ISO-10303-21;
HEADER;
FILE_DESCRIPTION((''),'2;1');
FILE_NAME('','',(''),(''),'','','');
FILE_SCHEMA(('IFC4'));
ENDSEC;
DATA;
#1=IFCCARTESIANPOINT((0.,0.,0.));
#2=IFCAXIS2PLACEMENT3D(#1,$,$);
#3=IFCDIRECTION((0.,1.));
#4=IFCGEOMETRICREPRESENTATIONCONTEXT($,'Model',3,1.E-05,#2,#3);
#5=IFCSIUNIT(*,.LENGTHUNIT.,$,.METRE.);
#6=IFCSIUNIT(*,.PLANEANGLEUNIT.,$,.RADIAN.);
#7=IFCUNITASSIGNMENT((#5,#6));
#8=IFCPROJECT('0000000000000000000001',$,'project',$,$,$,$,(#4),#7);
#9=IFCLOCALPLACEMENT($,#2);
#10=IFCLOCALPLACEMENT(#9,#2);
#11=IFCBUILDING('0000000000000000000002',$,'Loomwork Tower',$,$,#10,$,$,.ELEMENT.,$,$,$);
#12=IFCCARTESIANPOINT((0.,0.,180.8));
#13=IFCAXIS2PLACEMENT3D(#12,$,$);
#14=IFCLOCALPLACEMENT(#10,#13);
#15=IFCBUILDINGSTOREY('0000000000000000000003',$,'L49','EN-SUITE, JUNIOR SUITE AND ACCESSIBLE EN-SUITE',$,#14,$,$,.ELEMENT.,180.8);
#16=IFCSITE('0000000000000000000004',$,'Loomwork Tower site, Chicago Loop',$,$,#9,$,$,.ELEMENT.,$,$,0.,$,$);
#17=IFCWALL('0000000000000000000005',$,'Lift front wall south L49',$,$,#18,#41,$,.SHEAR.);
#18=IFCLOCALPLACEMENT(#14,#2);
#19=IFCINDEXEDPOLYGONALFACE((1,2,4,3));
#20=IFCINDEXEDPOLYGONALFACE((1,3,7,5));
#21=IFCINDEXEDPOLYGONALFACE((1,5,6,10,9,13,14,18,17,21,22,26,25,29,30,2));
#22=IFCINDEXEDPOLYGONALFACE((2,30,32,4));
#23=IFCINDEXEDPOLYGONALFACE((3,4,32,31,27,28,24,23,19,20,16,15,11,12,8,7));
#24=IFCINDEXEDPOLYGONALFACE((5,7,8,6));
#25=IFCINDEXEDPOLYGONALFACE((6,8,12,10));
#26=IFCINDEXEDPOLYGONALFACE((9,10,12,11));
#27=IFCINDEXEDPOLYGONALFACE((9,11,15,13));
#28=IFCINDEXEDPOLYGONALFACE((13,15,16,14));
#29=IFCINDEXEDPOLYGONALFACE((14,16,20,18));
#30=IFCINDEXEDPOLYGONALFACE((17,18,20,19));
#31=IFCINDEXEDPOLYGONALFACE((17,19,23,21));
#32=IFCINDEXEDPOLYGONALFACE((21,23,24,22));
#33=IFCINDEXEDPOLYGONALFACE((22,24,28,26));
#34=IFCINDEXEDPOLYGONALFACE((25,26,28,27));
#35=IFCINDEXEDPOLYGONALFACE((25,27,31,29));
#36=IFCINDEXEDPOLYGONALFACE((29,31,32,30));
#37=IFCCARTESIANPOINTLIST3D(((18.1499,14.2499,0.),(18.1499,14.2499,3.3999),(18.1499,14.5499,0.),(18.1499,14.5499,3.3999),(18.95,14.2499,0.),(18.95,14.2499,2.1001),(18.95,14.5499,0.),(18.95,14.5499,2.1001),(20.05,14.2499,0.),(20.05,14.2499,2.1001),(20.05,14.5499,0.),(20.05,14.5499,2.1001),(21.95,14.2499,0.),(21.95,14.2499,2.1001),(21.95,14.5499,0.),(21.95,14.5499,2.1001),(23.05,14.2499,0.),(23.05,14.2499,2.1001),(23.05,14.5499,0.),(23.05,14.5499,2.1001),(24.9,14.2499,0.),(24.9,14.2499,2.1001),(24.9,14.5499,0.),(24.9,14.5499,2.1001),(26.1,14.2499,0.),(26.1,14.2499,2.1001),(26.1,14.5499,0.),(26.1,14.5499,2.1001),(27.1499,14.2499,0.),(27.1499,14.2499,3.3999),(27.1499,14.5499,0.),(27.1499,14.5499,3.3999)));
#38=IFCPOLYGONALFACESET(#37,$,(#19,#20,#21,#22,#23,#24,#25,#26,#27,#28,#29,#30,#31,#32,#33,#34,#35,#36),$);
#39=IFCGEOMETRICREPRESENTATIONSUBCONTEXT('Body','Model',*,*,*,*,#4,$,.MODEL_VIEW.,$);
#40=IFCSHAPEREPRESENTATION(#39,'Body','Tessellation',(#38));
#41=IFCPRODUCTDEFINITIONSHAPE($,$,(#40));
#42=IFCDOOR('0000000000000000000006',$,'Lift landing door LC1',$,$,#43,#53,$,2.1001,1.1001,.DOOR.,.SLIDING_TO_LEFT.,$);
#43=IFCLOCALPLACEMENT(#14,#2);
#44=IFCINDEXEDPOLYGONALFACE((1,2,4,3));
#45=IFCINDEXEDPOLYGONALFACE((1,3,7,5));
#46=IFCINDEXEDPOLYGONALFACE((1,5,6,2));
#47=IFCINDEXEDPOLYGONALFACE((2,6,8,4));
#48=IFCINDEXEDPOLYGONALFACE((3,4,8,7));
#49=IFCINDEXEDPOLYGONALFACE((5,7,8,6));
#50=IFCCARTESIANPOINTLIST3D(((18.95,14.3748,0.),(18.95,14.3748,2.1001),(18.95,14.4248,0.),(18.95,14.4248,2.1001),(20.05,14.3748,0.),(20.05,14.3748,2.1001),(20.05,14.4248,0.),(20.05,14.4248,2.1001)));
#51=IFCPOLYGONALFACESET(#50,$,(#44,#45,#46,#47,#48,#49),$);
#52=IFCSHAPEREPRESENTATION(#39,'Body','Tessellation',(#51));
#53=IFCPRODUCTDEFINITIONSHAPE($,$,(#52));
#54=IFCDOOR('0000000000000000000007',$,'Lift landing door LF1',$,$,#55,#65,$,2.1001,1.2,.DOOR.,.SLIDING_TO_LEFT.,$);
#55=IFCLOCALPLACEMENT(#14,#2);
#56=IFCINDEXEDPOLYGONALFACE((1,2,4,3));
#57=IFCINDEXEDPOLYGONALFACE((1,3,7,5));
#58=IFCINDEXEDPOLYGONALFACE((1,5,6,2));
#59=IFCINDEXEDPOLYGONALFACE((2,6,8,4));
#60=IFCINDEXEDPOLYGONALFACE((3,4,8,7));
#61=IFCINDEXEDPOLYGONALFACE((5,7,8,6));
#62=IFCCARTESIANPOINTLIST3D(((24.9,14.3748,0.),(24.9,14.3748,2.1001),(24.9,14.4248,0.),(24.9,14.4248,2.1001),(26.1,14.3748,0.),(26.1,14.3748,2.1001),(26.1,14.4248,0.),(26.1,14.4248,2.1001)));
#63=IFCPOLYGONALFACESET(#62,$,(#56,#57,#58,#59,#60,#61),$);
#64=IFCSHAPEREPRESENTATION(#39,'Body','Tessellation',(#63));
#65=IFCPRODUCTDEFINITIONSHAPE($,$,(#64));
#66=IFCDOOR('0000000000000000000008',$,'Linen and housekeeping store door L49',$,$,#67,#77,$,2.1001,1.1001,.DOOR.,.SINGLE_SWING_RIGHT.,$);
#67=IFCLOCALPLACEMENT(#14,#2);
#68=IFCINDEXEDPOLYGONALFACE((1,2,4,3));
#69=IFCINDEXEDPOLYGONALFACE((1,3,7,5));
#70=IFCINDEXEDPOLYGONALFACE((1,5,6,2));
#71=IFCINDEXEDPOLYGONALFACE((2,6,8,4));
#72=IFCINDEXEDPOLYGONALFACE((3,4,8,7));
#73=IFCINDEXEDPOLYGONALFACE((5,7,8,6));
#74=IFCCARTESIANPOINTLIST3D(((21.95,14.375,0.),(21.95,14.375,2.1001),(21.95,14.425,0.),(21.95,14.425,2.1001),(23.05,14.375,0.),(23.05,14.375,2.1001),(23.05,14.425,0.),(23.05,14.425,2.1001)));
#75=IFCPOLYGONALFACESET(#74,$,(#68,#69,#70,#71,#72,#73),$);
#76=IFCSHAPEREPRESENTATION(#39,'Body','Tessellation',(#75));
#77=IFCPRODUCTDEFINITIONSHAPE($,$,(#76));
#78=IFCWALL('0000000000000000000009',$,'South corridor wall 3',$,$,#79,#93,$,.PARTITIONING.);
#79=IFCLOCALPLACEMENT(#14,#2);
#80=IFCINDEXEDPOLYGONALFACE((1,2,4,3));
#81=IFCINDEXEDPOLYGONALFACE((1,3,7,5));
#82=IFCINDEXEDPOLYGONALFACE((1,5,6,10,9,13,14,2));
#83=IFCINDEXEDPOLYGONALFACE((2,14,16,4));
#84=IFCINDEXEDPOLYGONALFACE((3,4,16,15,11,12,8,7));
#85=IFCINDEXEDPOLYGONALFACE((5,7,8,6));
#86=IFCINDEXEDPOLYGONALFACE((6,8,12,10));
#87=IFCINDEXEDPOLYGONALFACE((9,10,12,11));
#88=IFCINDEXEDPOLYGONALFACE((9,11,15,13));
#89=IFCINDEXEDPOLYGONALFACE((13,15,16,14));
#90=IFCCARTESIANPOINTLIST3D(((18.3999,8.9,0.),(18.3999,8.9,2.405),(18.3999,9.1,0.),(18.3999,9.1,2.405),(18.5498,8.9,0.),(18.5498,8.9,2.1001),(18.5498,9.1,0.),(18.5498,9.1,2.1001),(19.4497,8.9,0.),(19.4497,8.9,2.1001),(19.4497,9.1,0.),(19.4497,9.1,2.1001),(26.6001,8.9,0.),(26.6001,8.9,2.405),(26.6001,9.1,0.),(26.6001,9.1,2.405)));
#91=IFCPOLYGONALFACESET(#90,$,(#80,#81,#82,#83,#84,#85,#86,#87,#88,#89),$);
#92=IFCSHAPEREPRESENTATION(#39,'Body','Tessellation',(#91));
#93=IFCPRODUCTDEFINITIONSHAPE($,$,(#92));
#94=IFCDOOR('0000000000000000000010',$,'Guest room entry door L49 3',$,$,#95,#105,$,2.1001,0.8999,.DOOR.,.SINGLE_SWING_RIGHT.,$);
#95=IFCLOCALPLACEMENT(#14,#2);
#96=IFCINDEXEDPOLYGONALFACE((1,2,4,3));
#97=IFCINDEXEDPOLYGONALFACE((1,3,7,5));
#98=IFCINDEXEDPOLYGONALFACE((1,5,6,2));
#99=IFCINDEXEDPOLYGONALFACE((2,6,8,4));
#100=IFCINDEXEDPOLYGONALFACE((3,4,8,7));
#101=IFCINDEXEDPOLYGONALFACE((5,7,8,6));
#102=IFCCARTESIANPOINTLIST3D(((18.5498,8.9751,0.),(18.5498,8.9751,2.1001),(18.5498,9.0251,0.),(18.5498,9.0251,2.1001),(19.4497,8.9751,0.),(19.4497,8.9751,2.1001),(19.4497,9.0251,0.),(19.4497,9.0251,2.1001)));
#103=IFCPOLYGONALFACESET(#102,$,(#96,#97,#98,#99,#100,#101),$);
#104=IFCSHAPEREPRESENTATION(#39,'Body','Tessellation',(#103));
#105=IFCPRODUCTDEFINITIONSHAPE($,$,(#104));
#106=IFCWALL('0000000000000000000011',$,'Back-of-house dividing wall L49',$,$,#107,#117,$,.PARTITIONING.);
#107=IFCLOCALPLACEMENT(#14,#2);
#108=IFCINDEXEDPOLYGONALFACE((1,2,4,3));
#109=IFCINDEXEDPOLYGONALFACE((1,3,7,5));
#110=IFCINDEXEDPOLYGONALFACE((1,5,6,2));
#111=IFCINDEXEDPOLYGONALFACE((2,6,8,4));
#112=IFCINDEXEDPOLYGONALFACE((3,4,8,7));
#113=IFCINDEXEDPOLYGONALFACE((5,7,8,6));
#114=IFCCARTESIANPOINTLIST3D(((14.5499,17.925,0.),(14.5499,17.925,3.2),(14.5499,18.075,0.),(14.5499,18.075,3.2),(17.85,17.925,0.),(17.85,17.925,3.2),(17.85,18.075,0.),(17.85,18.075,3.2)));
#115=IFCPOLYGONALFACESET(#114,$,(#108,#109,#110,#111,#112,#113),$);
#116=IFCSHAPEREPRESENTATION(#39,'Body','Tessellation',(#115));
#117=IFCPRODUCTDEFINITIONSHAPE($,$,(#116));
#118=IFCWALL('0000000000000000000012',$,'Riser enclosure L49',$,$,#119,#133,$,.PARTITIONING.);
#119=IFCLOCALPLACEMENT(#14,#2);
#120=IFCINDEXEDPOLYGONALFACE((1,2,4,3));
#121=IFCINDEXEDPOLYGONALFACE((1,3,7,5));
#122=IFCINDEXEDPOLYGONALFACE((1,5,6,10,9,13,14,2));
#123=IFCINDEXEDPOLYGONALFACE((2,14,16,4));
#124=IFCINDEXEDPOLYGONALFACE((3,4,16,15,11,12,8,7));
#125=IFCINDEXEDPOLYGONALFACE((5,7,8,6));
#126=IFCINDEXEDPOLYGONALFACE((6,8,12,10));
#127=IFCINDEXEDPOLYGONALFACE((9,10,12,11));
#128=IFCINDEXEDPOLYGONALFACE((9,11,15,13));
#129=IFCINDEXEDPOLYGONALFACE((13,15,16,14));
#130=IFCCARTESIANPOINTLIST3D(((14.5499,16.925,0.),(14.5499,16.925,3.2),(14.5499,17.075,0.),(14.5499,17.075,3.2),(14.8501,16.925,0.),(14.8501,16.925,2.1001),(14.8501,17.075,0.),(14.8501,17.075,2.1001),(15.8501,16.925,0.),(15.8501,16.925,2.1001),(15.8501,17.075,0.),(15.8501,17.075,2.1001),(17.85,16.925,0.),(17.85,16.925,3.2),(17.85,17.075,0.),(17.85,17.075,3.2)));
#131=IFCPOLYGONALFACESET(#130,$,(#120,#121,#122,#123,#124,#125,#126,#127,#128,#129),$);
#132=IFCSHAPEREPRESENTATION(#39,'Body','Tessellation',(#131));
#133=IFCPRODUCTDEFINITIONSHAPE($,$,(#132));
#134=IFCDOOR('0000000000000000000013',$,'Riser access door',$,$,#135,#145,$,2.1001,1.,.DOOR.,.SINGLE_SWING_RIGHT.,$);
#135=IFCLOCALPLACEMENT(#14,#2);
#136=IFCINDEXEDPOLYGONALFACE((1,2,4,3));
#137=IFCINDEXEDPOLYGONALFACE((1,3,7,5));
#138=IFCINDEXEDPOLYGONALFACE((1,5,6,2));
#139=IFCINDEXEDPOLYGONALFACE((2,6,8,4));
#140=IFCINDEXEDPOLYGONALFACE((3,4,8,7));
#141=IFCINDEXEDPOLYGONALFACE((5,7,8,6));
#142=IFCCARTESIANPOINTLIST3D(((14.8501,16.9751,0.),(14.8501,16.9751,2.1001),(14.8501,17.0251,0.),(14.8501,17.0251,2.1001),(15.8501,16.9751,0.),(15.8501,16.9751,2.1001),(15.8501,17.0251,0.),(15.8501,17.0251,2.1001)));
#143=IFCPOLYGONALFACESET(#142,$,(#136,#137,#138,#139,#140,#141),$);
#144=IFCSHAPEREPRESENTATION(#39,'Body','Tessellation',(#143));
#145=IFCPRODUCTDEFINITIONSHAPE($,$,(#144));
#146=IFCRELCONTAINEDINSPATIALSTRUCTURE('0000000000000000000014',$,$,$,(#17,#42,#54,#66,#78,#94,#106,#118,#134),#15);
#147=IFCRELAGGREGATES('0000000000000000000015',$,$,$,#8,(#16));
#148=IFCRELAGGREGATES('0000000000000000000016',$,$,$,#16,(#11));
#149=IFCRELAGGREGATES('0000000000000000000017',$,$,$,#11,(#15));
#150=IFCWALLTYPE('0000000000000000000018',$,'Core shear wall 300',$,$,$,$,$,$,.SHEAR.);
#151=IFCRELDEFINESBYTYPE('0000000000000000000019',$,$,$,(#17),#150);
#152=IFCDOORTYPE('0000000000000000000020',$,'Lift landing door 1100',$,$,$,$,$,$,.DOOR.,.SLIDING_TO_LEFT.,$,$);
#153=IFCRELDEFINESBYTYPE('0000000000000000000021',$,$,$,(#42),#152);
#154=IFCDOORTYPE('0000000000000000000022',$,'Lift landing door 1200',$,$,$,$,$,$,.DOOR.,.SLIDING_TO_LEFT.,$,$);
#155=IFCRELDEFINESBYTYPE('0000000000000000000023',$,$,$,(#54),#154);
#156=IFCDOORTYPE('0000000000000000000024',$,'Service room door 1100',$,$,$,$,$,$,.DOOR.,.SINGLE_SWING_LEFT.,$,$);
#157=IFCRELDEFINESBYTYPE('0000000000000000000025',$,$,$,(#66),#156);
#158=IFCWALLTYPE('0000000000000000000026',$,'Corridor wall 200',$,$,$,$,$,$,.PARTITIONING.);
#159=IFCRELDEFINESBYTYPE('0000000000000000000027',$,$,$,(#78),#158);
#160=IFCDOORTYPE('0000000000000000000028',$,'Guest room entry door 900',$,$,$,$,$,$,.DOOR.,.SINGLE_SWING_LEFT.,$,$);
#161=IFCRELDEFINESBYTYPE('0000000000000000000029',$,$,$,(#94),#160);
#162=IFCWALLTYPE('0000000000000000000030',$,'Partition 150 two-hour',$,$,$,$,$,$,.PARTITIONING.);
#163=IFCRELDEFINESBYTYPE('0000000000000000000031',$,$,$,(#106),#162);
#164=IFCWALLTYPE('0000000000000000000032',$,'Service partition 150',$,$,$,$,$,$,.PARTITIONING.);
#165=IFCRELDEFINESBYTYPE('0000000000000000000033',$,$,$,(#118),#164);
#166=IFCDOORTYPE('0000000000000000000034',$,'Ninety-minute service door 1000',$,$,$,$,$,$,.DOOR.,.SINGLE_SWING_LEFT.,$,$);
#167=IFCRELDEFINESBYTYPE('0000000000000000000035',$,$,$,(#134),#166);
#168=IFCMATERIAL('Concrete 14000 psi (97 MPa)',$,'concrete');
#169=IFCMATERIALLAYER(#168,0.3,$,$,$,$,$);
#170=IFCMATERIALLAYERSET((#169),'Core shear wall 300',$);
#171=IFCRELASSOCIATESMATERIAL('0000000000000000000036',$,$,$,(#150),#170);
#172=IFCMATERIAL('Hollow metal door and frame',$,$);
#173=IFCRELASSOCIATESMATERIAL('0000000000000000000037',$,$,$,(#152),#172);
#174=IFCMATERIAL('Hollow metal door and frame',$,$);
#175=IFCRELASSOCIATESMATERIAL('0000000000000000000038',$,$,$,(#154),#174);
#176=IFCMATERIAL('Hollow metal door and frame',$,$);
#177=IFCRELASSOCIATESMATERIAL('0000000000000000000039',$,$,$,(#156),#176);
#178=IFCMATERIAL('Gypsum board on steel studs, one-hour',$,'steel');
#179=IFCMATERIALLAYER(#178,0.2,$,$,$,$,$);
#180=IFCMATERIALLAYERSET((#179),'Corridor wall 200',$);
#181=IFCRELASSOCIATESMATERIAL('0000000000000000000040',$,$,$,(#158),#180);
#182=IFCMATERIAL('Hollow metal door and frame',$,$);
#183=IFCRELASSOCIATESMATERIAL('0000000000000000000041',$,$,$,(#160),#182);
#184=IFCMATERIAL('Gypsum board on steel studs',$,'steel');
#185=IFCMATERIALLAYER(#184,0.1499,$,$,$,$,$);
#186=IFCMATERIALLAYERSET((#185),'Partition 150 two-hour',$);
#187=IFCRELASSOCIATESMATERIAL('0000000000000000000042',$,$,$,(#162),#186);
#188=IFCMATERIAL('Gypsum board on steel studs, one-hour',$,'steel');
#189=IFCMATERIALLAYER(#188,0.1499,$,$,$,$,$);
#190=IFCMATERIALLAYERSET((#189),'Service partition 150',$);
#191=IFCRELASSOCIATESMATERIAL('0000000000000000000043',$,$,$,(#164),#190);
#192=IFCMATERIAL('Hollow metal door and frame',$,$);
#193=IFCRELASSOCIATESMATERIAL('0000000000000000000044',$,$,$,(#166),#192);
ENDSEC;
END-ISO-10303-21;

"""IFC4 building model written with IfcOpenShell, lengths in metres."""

from ifc_helpers import new_model, si_unit, direction, frame, frame_2d, origin, place, context, subcontext, project, spatial, rectangle, extrude, material, layer, layer_set, type_object, element, fill, save


model = new_model("IFC4")

# Units and contexts
model_context = context("Model", 3, precision=1e-05, world=origin(), true_north=direction((0.0, 1.0)))
body_context = subcontext(model_context, "Body", "Model", "MODEL_VIEW")
ifc_project = project(units=[si_unit("LENGTHUNIT", "METRE"), si_unit("PLANEANGLEUNIT", "RADIAN")], contexts=[model_context])

# Site, building, storey
site_placement = place(None, origin())
site = spatial("IfcSite", under=ifc_project, at=site_placement, Name="Loomwork Tower site, Chicago Loop", CompositionType="ELEMENT", RefElevation=0.0)
building_placement = place(site_placement, origin())
building = spatial("IfcBuilding", under=site, at=building_placement, Name="Loomwork Tower", CompositionType="ELEMENT")
storey_placement = place(building_placement, frame((0.0, 0.0, 180.8)))
storey = spatial("IfcBuildingStorey", under=building, at=storey_placement, Name="L49", Description="EN-SUITE, JUNIOR SUITE AND ACCESSIBLE EN-SUITE", CompositionType="ELEMENT", Elevation=180.8)

# Shared definitions
ifc_material_1 = material(Name="Concrete 14000 psi (97 MPa)", Category="concrete")
ifc_layer_1 = layer(ifc_material_1, 0.3)
ifc_layer_set_1 = layer_set([ifc_layer_1], Name="Core shear wall 300")
wall_type_1 = type_object("IfcWallType", Name="Core shear wall 300", PredefinedType="SHEAR", material=ifc_layer_set_1)

# Wall, openings, doors
ifc_material_2 = material(Name="Hollow metal door and frame")
door_type_1 = type_object("IfcDoorType", Name="Lift landing door 1100", OperationType="SLIDING_TO_LEFT", PredefinedType="DOOR", material=ifc_material_2)
wall_1_placement = place(storey_placement, frame((18.1499, 14.3999, 0.0), z_axis=(0.0, 0.0, 1.0), x_axis=(1.0, 0.0, 0.0)))
wall_1 = element("IfcWall", 1, at=wall_1_placement, inside=storey, type_object=wall_type_1, Name="Lift front wall south L49", PredefinedType="SHEAR", context=body_context, shape_type="SweptSolid", body=[
    extrude(rectangle(XDim=9.0, YDim=0.3, at=frame_2d((4.5, 0.0))), origin(), (0.0, 0.0, 1.0), 3.3999),
])
opening_1_placement = place(wall_1_placement, frame((0.8, 0.0, 0.0)))
opening_1 = element("IfcOpeningElement", 2, at=opening_1_placement, cuts=wall_1, PredefinedType="OPENING", context=body_context, shape_type="SweptSolid", body=[
    extrude(rectangle(XDim=1.1001, YDim=2.1001, at=frame_2d((0.55, 1.05))), frame((0.0, 0.1599, 0.0), z_axis=(0.0, -1.0, 0.0), x_axis=(1.0, 0.0, 0.0)), (0.0, 0.0, 1.0), 0.3201),
])
opening_2_placement = place(wall_1_placement, frame((6.75, 0.0, 0.0)))
opening_2 = element("IfcOpeningElement", 3, at=opening_2_placement, cuts=wall_1, PredefinedType="OPENING", context=body_context, shape_type="SweptSolid", body=[
    extrude(rectangle(XDim=1.2, YDim=2.1001, at=frame_2d((0.6001, 1.05))), frame((0.0, 0.1599, 0.0), z_axis=(0.0, -1.0, 0.0), x_axis=(1.0, 0.0, 0.0)), (0.0, 0.0, 1.0), 0.3201),
])
opening_3_placement = place(wall_1_placement, frame((3.8, 0.0, 0.0)))
opening_3 = element("IfcOpeningElement", 4, at=opening_3_placement, cuts=wall_1, PredefinedType="OPENING", context=body_context, shape_type="SweptSolid", body=[
    extrude(rectangle(XDim=1.1001, YDim=2.1001, at=frame_2d((0.55, 1.05))), frame((0.0, 0.1599, 0.0), z_axis=(0.0, -1.0, 0.0), x_axis=(1.0, 0.0, 0.0)), (0.0, 0.0, 1.0), 0.3201),
])
door_1_placement = place(opening_1_placement, origin())
door_1 = element("IfcDoor", 5, at=door_1_placement, inside=storey, type_object=door_type_1, Name="Lift landing door LC1", OperationType="SLIDING_TO_LEFT", OverallHeight=2.1001, OverallWidth=1.1001, PredefinedType="DOOR", context=body_context, shape_type="SweptSolid", body=[
    extrude(rectangle(XDim=1.1001, YDim=2.1001, at=frame_2d((0.55, 1.05))), frame((0.0, 0.0249, 0.0), z_axis=(0.0, -1.0, 0.0), x_axis=(1.0, 0.0, 0.0)), (0.0, 0.0, 1.0), 0.05),
])
fill(opening_1, door_1)
ifc_material_3 = material(Name="Hollow metal door and frame")
door_type_2 = type_object("IfcDoorType", Name="Lift landing door 1200", OperationType="SLIDING_TO_LEFT", PredefinedType="DOOR", material=ifc_material_3)
door_2_placement = place(opening_2_placement, origin())
door_2 = element("IfcDoor", 6, at=door_2_placement, inside=storey, type_object=door_type_2, Name="Lift landing door LF1", OperationType="SLIDING_TO_LEFT", OverallHeight=2.1001, OverallWidth=1.2, PredefinedType="DOOR", context=body_context, shape_type="SweptSolid", body=[
    extrude(rectangle(XDim=1.2, YDim=2.1001, at=frame_2d((0.6001, 1.05))), frame((0.0, 0.0249, 0.0), z_axis=(0.0, -1.0, 0.0), x_axis=(1.0, 0.0, 0.0)), (0.0, 0.0, 1.0), 0.05),
])
fill(opening_2, door_2)
ifc_material_4 = material(Name="Hollow metal door and frame")
door_type_3 = type_object("IfcDoorType", Name="Service room door 1100", OperationType="SINGLE_SWING_LEFT", PredefinedType="DOOR", material=ifc_material_4)
door_3_placement = place(opening_3_placement, frame((1.1001, 0.0, 0.0), z_axis=(0.0, 0.0, 1.0), x_axis=(-1.0, 0.0, 0.0)))
door_3 = element("IfcDoor", 7, at=door_3_placement, inside=storey, type_object=door_type_3, Name="Linen and housekeeping store door L49", OperationType="SINGLE_SWING_RIGHT", OverallHeight=2.1001, OverallWidth=1.1001, PredefinedType="DOOR", context=body_context, shape_type="SweptSolid", body=[
    extrude(rectangle(XDim=1.1001, YDim=2.1001, at=frame_2d((0.55, 1.05))), frame((0.0, 0.0249, 0.0), z_axis=(0.0, -1.0, 0.0), x_axis=(1.0, 0.0, 0.0)), (0.0, 0.0, 1.0), 0.05),
])
fill(opening_3, door_3)

# Wall, opening, door
ifc_material_5 = material(Name="Gypsum board on steel studs, one-hour", Category="steel")
ifc_layer_2 = layer(ifc_material_5, 0.2)
ifc_layer_set_2 = layer_set([ifc_layer_2], Name="Corridor wall 200")
wall_type_2 = type_object("IfcWallType", Name="Corridor wall 200", PredefinedType="PARTITIONING", material=ifc_layer_set_2)
wall_2_placement = place(storey_placement, frame((18.3999, 9.0, 0.0), z_axis=(0.0, 0.0, 1.0), x_axis=(1.0, 0.0, 0.0)))
wall_2 = element("IfcWall", 8, at=wall_2_placement, inside=storey, type_object=wall_type_2, Name="South corridor wall 3", PredefinedType="PARTITIONING", context=body_context, shape_type="SweptSolid", body=[
    extrude(rectangle(XDim=8.2002, YDim=0.2, at=frame_2d((4.1001, 0.0))), origin(), (0.0, 0.0, 1.0), 2.405),
])
opening_4_placement = place(wall_2_placement, frame((0.1499, 0.0, 0.0)))
opening_4 = element("IfcOpeningElement", 9, at=opening_4_placement, cuts=wall_2, PredefinedType="OPENING", context=body_context, shape_type="SweptSolid", body=[
    extrude(rectangle(XDim=0.8999, YDim=2.1001, at=frame_2d((0.45, 1.05))), frame((0.0, 0.1099, 0.0), z_axis=(0.0, -1.0, 0.0), x_axis=(1.0, 0.0, 0.0)), (0.0, 0.0, 1.0), 0.22),
])
ifc_material_6 = material(Name="Hollow metal door and frame")
door_type_4 = type_object("IfcDoorType", Name="Guest room entry door 900", OperationType="SINGLE_SWING_LEFT", PredefinedType="DOOR", material=ifc_material_6)
door_4_placement = place(opening_4_placement, frame((0.8999, 0.0, 0.0), z_axis=(0.0, 0.0, 1.0), x_axis=(-1.0, 0.0, 0.0)))
door_4 = element("IfcDoor", 10, at=door_4_placement, inside=storey, type_object=door_type_4, Name="Guest room entry door L49 3", OperationType="SINGLE_SWING_RIGHT", OverallHeight=2.1001, OverallWidth=0.8999, PredefinedType="DOOR", context=body_context, shape_type="SweptSolid", body=[
    extrude(rectangle(XDim=0.8999, YDim=2.1001, at=frame_2d((0.45, 1.05))), frame((0.0, 0.0249, 0.0), z_axis=(0.0, -1.0, 0.0), x_axis=(1.0, 0.0, 0.0)), (0.0, 0.0, 1.0), 0.05),
])
fill(opening_4, door_4)

# Wall
ifc_material_7 = material(Name="Gypsum board on steel studs", Category="steel")
ifc_layer_3 = layer(ifc_material_7, 0.1499)
ifc_layer_set_3 = layer_set([ifc_layer_3], Name="Partition 150 two-hour")
wall_type_3 = type_object("IfcWallType", Name="Partition 150 two-hour", PredefinedType="PARTITIONING", material=ifc_layer_set_3)
wall_3_placement = place(storey_placement, frame((14.55, 18.0, 0.0), z_axis=(0.0, 0.0, 1.0), x_axis=(1.0, 0.0, 0.0)))
element("IfcWall", 11, at=wall_3_placement, inside=storey, type_object=wall_type_3, Name="Back-of-house dividing wall L49", PredefinedType="PARTITIONING", context=body_context, shape_type="SweptSolid", body=[
    extrude(rectangle(XDim=3.3, YDim=0.1499, at=frame_2d((1.6499, 0.0))), origin(), (0.0, 0.0, 1.0), 3.2),
])

# Wall, opening, door
ifc_material_8 = material(Name="Gypsum board on steel studs, one-hour", Category="steel")
ifc_layer_4 = layer(ifc_material_8, 0.1499)
ifc_layer_set_4 = layer_set([ifc_layer_4], Name="Service partition 150")
wall_type_4 = type_object("IfcWallType", Name="Service partition 150", PredefinedType="PARTITIONING", material=ifc_layer_set_4)
wall_4_placement = place(storey_placement, frame((14.55, 17.0, 0.0), z_axis=(0.0, 0.0, 1.0), x_axis=(1.0, 0.0, 0.0)))
wall_4 = element("IfcWall", 12, at=wall_4_placement, inside=storey, type_object=wall_type_4, Name="Riser enclosure L49", PredefinedType="PARTITIONING", context=body_context, shape_type="SweptSolid", body=[
    extrude(rectangle(XDim=3.3, YDim=0.1499, at=frame_2d((1.6499, 0.0))), origin(), (0.0, 0.0, 1.0), 3.2),
])
opening_5_placement = place(wall_4_placement, frame((0.3, 0.0, 0.0)))
opening_5 = element("IfcOpeningElement", 13, at=opening_5_placement, cuts=wall_4, PredefinedType="OPENING", context=body_context, shape_type="SweptSolid", body=[
    extrude(rectangle(XDim=1.0, YDim=2.1001, at=frame_2d((0.5, 1.05))), frame((0.0, 0.085, 0.0), z_axis=(0.0, -1.0, 0.0), x_axis=(1.0, 0.0, 0.0)), (0.0, 0.0, 1.0), 0.1699),
])
ifc_material_9 = material(Name="Hollow metal door and frame")
door_type_5 = type_object("IfcDoorType", Name="Ninety-minute service door 1000", OperationType="SINGLE_SWING_LEFT", PredefinedType="DOOR", material=ifc_material_9)
door_5_placement = place(opening_5_placement, frame((1.0, 0.0, 0.0), z_axis=(0.0, 0.0, 1.0), x_axis=(-1.0, 0.0, 0.0)))
door_5 = element("IfcDoor", 14, at=door_5_placement, inside=storey, type_object=door_type_5, Name="Riser access door", OperationType="SINGLE_SWING_RIGHT", OverallHeight=2.1001, OverallWidth=1.0, PredefinedType="DOOR", context=body_context, shape_type="SweptSolid", body=[
    extrude(rectangle(XDim=1.0, YDim=2.1001, at=frame_2d((0.5, 1.05))), frame((0.0, 0.0249, 0.0), z_axis=(0.0, -1.0, 0.0), x_axis=(1.0, 0.0, 0.0)), (0.0, 0.0, 1.0), 0.05),
])
fill(opening_5, door_5)

save(model, "model.ifc")
